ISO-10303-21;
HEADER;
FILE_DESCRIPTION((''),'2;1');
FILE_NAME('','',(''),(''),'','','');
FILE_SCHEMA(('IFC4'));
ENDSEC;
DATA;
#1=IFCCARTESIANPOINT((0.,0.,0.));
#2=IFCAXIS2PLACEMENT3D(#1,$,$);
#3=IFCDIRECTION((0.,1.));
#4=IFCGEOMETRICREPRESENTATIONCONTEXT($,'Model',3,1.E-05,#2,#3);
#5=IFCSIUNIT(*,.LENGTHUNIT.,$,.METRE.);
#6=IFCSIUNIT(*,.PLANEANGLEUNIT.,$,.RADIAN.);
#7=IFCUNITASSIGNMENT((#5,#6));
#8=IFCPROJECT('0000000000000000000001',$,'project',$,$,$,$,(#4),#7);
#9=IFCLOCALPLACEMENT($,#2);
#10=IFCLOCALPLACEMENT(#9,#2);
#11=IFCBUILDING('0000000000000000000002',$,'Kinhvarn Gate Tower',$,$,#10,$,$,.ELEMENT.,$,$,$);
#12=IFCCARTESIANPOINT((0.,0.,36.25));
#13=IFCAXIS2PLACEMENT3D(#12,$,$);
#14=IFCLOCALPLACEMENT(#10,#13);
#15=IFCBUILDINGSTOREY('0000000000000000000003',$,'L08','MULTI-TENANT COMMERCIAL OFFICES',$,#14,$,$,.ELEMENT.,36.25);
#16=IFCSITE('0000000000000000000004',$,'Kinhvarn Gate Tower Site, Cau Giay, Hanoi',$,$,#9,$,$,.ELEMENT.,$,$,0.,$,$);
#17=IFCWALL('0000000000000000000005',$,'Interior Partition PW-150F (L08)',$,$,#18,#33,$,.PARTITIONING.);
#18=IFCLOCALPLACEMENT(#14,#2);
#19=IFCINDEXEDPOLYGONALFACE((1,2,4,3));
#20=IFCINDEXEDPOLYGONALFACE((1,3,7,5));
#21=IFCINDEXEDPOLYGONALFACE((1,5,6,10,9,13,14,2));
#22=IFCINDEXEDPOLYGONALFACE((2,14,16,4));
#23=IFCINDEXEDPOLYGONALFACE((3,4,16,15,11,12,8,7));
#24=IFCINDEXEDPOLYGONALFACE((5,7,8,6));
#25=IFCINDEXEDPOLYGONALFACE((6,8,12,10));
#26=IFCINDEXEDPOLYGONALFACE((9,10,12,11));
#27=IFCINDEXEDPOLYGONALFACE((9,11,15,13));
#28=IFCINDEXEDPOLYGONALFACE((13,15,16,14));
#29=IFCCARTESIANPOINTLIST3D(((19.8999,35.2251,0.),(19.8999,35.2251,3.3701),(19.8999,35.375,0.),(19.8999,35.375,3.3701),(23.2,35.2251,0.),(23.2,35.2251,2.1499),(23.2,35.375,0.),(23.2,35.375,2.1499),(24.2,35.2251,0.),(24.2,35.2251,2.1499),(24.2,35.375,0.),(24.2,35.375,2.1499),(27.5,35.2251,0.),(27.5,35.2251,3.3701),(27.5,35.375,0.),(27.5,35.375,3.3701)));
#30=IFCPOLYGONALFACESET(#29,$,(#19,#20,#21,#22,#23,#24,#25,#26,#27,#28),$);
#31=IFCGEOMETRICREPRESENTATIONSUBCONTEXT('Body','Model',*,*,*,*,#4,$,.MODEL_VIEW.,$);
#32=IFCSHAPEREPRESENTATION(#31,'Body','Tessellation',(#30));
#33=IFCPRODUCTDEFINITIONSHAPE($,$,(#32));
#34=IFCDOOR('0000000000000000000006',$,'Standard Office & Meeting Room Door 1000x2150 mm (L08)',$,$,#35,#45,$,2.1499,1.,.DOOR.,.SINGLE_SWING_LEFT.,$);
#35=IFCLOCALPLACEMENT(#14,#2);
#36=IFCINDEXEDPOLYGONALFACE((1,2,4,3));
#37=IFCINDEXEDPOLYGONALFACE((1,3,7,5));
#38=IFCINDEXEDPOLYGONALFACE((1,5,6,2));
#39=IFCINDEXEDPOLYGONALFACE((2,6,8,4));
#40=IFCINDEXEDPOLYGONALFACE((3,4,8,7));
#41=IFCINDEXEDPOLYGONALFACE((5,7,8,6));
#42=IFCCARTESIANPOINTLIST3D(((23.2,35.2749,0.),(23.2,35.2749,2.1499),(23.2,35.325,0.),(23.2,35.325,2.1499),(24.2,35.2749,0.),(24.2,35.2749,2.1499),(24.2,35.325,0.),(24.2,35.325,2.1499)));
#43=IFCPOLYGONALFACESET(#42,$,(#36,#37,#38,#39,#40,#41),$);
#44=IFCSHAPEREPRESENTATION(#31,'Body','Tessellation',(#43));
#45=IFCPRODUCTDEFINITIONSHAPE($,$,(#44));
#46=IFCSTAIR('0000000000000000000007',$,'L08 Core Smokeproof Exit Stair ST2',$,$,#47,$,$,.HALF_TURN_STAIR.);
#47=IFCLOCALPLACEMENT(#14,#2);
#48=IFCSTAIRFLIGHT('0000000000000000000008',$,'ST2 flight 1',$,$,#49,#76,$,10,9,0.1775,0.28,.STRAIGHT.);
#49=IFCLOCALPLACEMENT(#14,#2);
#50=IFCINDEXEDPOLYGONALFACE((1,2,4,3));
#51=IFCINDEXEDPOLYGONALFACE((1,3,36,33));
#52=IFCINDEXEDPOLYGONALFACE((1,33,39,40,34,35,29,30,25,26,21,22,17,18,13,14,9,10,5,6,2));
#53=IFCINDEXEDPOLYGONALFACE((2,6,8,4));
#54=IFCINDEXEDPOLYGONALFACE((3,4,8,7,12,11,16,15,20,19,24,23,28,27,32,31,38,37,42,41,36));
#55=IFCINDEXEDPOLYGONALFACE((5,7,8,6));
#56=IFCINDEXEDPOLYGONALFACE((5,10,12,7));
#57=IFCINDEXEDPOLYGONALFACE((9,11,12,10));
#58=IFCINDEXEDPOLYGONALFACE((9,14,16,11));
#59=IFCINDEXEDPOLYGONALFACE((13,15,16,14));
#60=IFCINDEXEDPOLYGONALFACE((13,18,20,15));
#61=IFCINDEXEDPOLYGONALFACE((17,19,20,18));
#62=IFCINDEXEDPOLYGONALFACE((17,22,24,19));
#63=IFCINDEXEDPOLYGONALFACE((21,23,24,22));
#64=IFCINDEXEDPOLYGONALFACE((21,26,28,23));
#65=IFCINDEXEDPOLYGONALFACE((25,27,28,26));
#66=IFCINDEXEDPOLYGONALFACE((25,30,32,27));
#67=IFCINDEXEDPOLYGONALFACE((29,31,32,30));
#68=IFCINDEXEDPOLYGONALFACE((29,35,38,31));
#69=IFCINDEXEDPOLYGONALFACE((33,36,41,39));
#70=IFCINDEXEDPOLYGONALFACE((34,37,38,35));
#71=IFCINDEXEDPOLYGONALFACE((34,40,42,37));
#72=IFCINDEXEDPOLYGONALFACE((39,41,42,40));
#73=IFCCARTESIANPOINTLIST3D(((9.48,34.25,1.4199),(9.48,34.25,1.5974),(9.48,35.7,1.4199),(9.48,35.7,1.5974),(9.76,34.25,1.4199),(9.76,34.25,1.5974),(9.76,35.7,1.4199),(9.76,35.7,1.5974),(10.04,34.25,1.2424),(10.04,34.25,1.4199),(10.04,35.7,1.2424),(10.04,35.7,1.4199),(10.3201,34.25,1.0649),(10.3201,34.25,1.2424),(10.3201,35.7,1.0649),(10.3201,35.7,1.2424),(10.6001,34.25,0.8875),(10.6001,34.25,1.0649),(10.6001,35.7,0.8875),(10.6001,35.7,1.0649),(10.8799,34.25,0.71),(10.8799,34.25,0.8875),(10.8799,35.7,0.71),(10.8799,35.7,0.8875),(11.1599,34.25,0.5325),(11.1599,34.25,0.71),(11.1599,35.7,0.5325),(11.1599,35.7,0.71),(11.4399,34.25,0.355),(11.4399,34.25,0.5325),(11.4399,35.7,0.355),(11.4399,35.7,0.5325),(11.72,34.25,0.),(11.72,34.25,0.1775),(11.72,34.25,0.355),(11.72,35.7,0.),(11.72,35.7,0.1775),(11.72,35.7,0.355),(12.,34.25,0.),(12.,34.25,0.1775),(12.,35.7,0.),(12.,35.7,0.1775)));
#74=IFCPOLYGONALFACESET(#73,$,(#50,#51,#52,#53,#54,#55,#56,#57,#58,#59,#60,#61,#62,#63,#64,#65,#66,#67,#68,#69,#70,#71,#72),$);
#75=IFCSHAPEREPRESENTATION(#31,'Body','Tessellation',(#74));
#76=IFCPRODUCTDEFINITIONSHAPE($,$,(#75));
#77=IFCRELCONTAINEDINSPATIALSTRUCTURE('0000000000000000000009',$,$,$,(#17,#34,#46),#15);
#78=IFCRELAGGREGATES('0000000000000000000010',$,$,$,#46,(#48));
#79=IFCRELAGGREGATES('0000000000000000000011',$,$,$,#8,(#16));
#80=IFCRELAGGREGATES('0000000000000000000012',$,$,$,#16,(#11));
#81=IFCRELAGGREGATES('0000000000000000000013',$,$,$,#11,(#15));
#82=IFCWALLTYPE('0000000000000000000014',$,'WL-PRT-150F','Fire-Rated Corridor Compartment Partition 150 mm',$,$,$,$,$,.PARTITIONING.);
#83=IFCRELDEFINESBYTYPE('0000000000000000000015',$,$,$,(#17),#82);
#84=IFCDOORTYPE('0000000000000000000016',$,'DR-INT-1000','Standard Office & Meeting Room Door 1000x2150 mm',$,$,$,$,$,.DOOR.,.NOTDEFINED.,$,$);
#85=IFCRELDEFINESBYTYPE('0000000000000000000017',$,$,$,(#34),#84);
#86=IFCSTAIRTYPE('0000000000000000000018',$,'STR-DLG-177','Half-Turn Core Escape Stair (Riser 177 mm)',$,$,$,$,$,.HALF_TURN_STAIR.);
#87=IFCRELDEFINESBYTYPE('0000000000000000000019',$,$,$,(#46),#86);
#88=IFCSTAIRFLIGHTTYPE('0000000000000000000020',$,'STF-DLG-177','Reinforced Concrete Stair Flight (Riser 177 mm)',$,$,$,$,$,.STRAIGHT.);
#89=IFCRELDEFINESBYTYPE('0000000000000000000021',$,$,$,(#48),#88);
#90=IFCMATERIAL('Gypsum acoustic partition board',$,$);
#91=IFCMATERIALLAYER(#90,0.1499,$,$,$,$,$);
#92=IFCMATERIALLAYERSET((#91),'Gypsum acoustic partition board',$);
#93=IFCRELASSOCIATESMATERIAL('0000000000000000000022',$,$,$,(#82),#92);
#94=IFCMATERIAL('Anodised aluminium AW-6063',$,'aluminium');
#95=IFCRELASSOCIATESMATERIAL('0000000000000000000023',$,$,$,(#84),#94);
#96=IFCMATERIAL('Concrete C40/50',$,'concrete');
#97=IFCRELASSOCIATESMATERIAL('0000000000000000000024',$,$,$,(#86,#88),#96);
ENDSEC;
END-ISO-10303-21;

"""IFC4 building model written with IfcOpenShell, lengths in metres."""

from ifc_helpers import new_model, si_unit, direction, frame, frame_2d, origin, place, context, subcontext, project, spatial, polyline, rectangle, outline, extrude, material, layer, layer_set, type_object, element, fill, aggregate, save


model = new_model("IFC4")

# Units and contexts
model_context = context("Model", 3, precision=1e-05, world=origin(), true_north=direction((0.0, 1.0)))
body_context = subcontext(model_context, "Body", "Model", "MODEL_VIEW")
ifc_project = project(units=[si_unit("LENGTHUNIT", "METRE"), si_unit("PLANEANGLEUNIT", "RADIAN")], contexts=[model_context])

# Site, building, storey
site_placement = place(None, origin())
site = spatial("IfcSite", under=ifc_project, at=site_placement, Name="Kinhvarn Gate Tower Site, Cau Giay, Hanoi", CompositionType="ELEMENT", RefElevation=0.0)
building_placement = place(site_placement, origin())
building = spatial("IfcBuilding", under=site, at=building_placement, Name="Kinhvarn Gate Tower", CompositionType="ELEMENT")
storey_placement = place(building_placement, frame((0.0, 0.0, 36.25)))
storey = spatial("IfcBuildingStorey", under=building, at=storey_placement, Name="L08", Description="MULTI-TENANT COMMERCIAL OFFICES", CompositionType="ELEMENT", Elevation=36.25)

# Shared definitions
ifc_material_1 = material(Name="Anodised aluminium AW-6063", Category="aluminium")

# Shared definitions
ifc_material_2 = material(Name="Gypsum acoustic partition board")
ifc_layer_1 = layer(ifc_material_2, 0.1499)
ifc_layer_set_1 = layer_set([ifc_layer_1], Name="Gypsum acoustic partition board")
wall_type_1 = type_object("IfcWallType", Name="WL-PRT-150F", Description="Fire-Rated Corridor Compartment Partition 150 mm", PredefinedType="PARTITIONING", material=ifc_layer_set_1)

# Wall, opening, door
wall_1_placement = place(storey_placement, frame((19.8999, 35.3, 0.0), z_axis=(0.0, 0.0, 1.0), x_axis=(1.0, 0.0, 0.0)))
wall_1 = element("IfcWall", 1, at=wall_1_placement, inside=storey, type_object=wall_type_1, Name="Interior Partition PW-150F (L08)", PredefinedType="PARTITIONING", context=body_context, shape_type="SweptSolid", body=[
    extrude(rectangle(XDim=7.6001, YDim=0.1499, at=frame_2d((3.8, 0.0))), origin(), (0.0, 0.0, 1.0), 3.3701),
])
opening_1_placement = place(wall_1_placement, frame((3.3, 0.0, 0.0)))
opening_1 = element("IfcOpeningElement", 2, at=opening_1_placement, cuts=wall_1, PredefinedType="OPENING", context=body_context, shape_type="SweptSolid", body=[
    extrude(rectangle(XDim=1.0, YDim=2.1499, at=frame_2d((0.5, 1.075))), frame((0.0, 0.085, 0.0), z_axis=(0.0, -1.0, 0.0), x_axis=(1.0, 0.0, 0.0)), (0.0, 0.0, 1.0), 0.1699),
])
door_type_1 = type_object("IfcDoorType", Name="DR-INT-1000", Description="Standard Office & Meeting Room Door 1000x2150 mm", OperationType="NOTDEFINED", PredefinedType="DOOR", material=ifc_material_1)
door_1_placement = place(opening_1_placement, origin())
door_1 = element("IfcDoor", 3, at=door_1_placement, inside=storey, type_object=door_type_1, Name="Standard Office & Meeting Room Door 1000x2150 mm (L08)", OperationType="SINGLE_SWING_LEFT", OverallHeight=2.1499, OverallWidth=1.0, PredefinedType="DOOR", context=body_context, shape_type="SweptSolid", body=[
    extrude(rectangle(XDim=1.0, YDim=2.1499, at=frame_2d((0.5, 1.075))), frame((0.0, 0.0249, 0.0), z_axis=(0.0, -1.0, 0.0), x_axis=(1.0, 0.0, 0.0)), (0.0, 0.0, 1.0), 0.05),
])
fill(opening_1, door_1)
ifc_material_3 = material(Name="Concrete C40/50", Category="concrete")

# Stair, stair flight
stair_type = type_object("IfcStairType", Name="STR-DLG-177", Description="Half-Turn Core Escape Stair (Riser 177 mm)", PredefinedType="HALF_TURN_STAIR", material=ifc_material_3)
stair_placement = place(storey_placement, origin())
stair = element("IfcStair", 4, at=stair_placement, inside=storey, type_object=stair_type, Name="L08 Core Smokeproof Exit Stair ST2", PredefinedType="HALF_TURN_STAIR")
stair_flight_type = type_object("IfcStairFlightType", Name="STF-DLG-177", Description="Reinforced Concrete Stair Flight (Riser 177 mm)", PredefinedType="STRAIGHT", material=ifc_material_3)
stair_flight_placement = place(storey_placement, frame((12.0, 34.9751, 0.0), z_axis=(0.0, 0.0, 1.0), x_axis=(-1.0, 0.0, 0.0)))
stair_flight = element("IfcStairFlight", 5, at=stair_flight_placement, type_object=stair_flight_type, Name="ST2 flight 1", NumberOfRisers=10, NumberOfTreads=9, PredefinedType="STRAIGHT", RiserHeight=0.1775, TreadLength=0.28, context=body_context, shape_type="SweptSolid", body=[
    extrude(outline(polyline([(0.0, 0.0), (0.0, 0.1775), (0.28, 0.1775), (0.28, 0.355), (0.5601, 0.355), (0.5601, 0.5325), (0.8401, 0.5325), (0.8401, 0.71), (1.1201, 0.71), (1.1201, 0.8875), (1.3999, 0.8875), (1.3999, 1.0649), (1.6799, 1.0649), (1.6799, 1.2424), (1.96, 1.2424), (1.96, 1.4199), (2.24, 1.4199), (2.24, 1.5974), (2.52, 1.5974), (2.52, 1.7749), (2.52, 1.4199), (0.28, 0.0), (0.0, 0.0)])), frame((0.0, 0.7251, 0.0), z_axis=(0.0, -1.0, 0.0), x_axis=(1.0, 0.0, 0.0)), (0.0, 0.0, 1.0), 1.45),
])
aggregate(stair, [stair_flight])

save(model, "model.ifc")
